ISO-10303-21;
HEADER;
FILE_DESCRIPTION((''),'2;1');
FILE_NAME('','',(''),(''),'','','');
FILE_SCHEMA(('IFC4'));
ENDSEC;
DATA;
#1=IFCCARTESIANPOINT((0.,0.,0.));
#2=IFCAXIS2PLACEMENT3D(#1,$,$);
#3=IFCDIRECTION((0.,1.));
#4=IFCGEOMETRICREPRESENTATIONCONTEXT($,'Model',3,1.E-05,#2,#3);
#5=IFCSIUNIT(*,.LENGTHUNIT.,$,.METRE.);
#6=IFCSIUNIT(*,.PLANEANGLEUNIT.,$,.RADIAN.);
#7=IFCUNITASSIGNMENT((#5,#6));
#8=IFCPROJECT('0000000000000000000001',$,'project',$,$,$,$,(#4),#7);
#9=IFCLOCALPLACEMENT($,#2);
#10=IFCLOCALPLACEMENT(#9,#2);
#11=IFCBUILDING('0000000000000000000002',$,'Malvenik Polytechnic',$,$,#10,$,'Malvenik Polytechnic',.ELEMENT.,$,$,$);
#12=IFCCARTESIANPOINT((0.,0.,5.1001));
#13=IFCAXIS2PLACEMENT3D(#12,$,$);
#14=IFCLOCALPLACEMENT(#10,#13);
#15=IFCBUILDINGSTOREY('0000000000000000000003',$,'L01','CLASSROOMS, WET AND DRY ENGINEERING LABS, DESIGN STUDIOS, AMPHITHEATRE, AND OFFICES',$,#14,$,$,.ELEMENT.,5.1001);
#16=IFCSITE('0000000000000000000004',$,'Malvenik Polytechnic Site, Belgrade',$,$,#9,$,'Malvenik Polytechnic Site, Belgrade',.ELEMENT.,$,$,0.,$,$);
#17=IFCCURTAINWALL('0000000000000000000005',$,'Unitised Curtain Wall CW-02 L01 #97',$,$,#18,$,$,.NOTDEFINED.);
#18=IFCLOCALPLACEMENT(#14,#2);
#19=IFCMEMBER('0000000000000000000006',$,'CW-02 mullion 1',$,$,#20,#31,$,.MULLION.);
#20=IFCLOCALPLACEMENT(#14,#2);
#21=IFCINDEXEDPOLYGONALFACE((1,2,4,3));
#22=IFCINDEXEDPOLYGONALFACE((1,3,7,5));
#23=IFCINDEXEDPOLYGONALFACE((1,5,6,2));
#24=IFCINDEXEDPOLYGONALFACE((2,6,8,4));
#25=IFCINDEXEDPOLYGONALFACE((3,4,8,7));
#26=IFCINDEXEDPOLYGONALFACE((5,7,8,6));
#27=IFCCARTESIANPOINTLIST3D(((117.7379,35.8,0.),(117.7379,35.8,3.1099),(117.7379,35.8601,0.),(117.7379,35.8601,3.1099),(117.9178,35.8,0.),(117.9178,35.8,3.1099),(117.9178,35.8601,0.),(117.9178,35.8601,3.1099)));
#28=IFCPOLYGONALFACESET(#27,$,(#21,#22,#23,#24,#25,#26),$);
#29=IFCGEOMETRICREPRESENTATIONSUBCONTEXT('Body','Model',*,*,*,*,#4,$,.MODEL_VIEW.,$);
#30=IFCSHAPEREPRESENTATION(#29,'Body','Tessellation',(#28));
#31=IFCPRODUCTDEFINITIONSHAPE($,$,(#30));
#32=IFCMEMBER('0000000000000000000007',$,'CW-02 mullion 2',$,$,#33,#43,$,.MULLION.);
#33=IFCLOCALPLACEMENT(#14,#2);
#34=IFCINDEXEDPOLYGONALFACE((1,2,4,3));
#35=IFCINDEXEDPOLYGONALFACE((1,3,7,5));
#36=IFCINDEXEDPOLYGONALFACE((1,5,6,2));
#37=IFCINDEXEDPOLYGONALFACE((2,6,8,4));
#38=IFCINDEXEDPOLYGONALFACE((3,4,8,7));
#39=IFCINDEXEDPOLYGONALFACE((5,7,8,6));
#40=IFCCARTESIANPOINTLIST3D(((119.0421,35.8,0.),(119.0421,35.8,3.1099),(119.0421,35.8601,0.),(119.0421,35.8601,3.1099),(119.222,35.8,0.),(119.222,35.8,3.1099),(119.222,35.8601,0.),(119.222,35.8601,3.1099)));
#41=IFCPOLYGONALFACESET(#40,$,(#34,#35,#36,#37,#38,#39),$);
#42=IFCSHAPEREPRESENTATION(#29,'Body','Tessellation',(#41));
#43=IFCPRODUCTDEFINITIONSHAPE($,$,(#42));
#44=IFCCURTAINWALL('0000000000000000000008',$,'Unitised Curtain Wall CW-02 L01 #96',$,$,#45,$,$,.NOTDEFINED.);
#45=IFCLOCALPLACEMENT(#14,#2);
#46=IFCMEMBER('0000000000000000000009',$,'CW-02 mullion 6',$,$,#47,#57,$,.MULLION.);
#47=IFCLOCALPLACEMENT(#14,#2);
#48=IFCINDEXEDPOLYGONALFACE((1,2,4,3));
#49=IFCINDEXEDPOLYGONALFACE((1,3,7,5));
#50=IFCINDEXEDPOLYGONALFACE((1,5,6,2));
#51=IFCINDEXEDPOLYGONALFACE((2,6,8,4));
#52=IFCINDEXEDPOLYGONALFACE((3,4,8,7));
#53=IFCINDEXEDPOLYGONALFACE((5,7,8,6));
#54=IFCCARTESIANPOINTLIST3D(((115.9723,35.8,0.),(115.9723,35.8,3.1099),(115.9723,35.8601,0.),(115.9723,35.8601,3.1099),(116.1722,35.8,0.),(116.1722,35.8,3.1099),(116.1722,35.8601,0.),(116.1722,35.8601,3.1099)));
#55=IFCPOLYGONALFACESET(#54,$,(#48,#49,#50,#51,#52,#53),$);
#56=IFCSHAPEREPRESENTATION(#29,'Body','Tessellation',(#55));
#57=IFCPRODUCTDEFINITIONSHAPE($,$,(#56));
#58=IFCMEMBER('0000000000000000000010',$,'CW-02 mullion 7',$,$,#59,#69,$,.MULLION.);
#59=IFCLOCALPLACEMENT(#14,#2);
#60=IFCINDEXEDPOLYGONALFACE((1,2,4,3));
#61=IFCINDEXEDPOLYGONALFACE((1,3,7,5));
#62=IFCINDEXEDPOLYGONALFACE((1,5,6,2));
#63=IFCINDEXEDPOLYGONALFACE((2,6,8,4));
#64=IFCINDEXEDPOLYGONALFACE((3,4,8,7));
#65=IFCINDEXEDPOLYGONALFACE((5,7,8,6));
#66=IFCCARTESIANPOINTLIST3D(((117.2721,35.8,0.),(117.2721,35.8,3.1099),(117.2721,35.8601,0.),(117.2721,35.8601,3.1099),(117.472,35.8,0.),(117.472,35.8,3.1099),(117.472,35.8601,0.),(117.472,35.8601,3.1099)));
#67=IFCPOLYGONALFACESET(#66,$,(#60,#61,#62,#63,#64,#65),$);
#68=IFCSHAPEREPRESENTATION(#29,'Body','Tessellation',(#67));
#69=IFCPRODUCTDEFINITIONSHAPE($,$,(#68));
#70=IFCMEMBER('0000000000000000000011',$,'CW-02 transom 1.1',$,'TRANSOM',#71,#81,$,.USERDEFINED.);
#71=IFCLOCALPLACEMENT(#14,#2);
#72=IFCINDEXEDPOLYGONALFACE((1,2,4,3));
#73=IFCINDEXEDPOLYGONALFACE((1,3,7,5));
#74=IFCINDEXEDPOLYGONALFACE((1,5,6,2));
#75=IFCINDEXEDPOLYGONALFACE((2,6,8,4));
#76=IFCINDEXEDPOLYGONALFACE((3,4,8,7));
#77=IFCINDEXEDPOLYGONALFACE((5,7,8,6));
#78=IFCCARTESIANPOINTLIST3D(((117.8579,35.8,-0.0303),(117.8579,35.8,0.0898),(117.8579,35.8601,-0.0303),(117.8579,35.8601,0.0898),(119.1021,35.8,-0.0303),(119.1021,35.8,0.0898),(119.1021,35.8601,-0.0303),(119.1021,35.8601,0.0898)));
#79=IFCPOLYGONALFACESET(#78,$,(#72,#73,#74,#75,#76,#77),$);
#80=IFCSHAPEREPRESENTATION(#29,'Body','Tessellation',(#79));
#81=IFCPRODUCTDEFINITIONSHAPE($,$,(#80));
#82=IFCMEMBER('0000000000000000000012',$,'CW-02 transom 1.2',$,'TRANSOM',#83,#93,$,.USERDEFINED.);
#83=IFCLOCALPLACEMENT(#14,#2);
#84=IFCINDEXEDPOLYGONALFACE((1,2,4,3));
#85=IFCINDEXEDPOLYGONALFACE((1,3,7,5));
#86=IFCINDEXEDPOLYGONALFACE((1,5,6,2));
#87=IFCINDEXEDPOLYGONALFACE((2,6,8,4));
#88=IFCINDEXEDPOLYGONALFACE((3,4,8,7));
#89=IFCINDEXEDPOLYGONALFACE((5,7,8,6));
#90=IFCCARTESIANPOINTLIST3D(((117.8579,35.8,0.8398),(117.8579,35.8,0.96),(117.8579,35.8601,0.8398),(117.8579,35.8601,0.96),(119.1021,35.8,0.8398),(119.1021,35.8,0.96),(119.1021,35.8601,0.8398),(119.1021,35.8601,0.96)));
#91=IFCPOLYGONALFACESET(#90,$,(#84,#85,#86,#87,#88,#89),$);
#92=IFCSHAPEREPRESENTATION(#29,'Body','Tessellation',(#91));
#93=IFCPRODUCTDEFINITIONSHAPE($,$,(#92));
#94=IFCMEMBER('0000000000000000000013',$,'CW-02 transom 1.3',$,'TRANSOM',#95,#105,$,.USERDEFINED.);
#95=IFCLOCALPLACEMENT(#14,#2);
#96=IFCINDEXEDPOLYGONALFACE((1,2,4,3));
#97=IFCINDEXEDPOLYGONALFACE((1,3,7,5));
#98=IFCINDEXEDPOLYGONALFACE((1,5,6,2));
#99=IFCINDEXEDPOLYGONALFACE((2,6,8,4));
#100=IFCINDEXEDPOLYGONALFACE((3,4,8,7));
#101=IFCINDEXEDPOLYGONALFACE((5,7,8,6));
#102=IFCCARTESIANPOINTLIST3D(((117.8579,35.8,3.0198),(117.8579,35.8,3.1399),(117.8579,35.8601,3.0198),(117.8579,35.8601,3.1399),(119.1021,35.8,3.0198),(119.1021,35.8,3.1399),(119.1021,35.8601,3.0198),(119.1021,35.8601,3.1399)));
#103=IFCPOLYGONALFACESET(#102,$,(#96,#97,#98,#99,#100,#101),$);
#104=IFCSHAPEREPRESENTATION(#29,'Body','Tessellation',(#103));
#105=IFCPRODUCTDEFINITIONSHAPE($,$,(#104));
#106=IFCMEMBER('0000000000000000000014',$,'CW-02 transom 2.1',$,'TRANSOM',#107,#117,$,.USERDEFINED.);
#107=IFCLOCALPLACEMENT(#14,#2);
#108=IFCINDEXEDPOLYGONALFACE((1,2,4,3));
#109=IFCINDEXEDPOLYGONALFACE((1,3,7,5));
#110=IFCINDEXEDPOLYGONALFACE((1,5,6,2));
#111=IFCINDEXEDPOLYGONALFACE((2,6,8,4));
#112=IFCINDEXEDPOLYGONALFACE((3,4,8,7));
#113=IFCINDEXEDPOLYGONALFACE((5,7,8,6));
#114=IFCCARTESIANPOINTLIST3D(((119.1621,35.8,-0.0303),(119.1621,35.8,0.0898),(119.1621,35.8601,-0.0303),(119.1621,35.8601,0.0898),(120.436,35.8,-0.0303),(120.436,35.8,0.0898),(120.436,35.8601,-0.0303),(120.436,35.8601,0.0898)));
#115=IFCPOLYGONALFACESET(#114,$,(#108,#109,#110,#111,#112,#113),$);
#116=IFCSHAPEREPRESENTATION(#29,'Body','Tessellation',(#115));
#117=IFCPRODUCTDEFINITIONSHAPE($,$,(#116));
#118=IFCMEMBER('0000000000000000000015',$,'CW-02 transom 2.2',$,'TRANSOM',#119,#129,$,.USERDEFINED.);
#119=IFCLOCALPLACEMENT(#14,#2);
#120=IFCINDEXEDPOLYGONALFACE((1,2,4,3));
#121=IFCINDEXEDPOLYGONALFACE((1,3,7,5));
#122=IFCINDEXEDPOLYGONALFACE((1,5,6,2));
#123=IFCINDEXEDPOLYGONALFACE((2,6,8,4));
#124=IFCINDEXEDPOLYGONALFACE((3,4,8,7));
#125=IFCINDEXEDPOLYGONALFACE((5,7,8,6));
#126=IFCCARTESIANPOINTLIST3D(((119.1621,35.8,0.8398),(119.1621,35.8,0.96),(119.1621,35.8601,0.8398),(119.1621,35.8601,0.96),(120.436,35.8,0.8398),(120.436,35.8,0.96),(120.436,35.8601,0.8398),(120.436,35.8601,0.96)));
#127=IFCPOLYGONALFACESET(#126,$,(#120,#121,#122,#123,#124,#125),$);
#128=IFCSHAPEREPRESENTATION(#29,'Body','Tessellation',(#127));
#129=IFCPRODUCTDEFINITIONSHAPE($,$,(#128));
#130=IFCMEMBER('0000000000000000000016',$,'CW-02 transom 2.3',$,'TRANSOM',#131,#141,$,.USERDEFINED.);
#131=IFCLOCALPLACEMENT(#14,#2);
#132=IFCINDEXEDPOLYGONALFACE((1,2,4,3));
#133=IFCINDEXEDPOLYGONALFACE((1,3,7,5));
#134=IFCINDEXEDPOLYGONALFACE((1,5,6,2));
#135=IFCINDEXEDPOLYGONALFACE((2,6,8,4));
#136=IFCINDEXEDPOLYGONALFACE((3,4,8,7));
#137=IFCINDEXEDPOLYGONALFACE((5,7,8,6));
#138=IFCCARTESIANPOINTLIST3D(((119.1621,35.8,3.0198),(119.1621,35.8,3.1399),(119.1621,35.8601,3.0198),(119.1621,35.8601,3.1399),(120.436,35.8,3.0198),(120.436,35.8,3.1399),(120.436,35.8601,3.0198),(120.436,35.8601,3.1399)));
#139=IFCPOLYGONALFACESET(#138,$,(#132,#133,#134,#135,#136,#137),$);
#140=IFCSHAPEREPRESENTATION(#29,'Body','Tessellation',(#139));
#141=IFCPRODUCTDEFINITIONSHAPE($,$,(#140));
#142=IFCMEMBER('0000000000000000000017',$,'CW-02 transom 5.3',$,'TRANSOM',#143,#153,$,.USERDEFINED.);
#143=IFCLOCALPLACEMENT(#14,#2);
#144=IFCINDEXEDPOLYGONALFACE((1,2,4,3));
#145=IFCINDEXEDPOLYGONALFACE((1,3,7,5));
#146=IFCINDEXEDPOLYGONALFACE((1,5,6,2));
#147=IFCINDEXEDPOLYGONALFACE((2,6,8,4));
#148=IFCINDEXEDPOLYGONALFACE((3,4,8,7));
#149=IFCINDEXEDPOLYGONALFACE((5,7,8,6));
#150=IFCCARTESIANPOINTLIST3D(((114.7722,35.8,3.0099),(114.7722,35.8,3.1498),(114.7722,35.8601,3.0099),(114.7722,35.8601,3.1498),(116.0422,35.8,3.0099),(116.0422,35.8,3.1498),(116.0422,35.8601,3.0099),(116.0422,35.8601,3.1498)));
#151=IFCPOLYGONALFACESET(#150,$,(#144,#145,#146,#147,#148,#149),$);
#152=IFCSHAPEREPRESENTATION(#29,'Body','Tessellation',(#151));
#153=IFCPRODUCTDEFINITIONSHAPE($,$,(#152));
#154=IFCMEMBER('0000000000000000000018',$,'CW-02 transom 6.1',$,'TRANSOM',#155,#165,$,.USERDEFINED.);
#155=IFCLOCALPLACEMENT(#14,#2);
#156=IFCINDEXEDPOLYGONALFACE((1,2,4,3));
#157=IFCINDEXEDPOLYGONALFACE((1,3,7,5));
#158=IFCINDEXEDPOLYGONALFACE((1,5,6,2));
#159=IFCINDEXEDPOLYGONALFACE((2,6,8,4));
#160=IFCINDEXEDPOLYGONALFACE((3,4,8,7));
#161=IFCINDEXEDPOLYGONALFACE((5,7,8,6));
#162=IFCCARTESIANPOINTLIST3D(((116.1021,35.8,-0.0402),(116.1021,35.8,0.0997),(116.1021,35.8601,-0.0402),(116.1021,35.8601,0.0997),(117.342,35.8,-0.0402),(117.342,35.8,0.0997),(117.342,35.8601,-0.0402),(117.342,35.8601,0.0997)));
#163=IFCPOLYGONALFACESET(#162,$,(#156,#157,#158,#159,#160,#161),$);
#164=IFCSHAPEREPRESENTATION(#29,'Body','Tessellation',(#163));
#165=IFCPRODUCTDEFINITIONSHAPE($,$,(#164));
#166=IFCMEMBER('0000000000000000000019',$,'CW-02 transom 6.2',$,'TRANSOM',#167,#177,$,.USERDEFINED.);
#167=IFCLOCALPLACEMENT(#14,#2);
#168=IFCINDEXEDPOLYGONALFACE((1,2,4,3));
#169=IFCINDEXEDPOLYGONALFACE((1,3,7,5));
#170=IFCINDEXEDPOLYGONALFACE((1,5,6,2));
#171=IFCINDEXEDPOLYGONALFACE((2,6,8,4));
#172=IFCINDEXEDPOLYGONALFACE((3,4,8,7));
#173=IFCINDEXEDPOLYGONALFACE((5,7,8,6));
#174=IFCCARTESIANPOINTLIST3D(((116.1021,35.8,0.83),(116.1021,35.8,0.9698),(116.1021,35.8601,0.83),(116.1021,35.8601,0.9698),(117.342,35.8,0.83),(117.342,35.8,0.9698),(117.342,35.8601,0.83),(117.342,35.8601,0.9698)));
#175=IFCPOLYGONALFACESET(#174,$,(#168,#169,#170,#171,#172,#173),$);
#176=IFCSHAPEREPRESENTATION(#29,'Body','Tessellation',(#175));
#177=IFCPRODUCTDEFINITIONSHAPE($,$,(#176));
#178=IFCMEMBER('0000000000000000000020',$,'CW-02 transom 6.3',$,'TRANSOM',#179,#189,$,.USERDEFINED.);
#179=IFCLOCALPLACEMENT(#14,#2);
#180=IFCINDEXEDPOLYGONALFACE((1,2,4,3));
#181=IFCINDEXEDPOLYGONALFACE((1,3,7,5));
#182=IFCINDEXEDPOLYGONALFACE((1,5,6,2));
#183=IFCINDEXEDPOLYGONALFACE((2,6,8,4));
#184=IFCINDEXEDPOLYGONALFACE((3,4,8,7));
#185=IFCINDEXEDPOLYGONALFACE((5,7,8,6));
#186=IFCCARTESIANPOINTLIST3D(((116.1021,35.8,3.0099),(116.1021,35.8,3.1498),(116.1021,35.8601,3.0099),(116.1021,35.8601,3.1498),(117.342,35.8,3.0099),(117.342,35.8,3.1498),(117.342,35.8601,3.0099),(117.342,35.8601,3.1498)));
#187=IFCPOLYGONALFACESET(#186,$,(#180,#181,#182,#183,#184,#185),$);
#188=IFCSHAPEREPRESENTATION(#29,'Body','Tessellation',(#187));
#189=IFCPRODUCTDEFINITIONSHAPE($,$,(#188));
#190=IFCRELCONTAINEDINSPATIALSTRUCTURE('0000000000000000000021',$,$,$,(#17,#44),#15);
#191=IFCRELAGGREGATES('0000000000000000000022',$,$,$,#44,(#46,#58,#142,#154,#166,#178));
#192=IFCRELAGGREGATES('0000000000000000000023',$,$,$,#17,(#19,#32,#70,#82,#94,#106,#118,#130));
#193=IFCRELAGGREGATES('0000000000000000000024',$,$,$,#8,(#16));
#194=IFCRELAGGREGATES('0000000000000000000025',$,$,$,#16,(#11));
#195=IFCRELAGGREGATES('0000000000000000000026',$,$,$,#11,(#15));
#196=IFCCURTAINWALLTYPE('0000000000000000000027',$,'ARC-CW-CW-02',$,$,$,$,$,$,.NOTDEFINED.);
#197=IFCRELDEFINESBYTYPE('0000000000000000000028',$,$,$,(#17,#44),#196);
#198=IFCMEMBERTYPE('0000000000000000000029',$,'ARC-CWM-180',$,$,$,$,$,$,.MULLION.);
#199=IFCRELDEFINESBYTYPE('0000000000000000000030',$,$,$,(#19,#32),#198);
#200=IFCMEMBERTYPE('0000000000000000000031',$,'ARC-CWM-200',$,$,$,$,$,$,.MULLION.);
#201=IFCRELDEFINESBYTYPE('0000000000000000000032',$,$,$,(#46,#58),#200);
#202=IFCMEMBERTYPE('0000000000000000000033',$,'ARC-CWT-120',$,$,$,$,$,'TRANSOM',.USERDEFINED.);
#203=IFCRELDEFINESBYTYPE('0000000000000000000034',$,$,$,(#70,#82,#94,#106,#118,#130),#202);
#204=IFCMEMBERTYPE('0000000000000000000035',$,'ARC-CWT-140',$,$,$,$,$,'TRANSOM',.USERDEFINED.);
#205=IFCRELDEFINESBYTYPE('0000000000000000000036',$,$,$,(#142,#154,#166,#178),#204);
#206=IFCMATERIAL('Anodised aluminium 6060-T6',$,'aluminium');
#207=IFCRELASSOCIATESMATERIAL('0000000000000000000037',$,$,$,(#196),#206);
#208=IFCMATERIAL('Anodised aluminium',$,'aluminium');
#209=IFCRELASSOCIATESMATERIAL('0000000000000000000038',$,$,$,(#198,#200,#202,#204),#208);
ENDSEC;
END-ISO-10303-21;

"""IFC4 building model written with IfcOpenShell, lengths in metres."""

from ifc_helpers import new_model, si_unit, direction, frame, origin, origin_2d, place, context, subcontext, project, spatial, rectangle, extrude, material, material_profile, profile_set, type_object, element, aggregate, save


model = new_model("IFC4")

# Units and contexts
model_context = context("Model", 3, precision=1e-05, world=origin(), true_north=direction((0.0, 1.0)))
body_context = subcontext(model_context, "Body", "Model", "MODEL_VIEW")
ifc_project = project(units=[si_unit("LENGTHUNIT", "METRE"), si_unit("PLANEANGLEUNIT", "RADIAN")], contexts=[model_context])

# Site, building, storey
site_placement = place(None, origin())
site = spatial("IfcSite", under=ifc_project, at=site_placement, Name="Malvenik Polytechnic Site, Belgrade", LongName="Malvenik Polytechnic Site, Belgrade", CompositionType="ELEMENT", RefElevation=0.0)
building_placement = place(site_placement, origin())
building = spatial("IfcBuilding", under=site, at=building_placement, Name="Malvenik Polytechnic", LongName="Malvenik Polytechnic", CompositionType="ELEMENT")
storey_placement = place(building_placement, frame((0.0, 0.0, 5.1001)))
storey = spatial("IfcBuildingStorey", under=building, at=storey_placement, Name="L01", Description="CLASSROOMS, WET AND DRY ENGINEERING LABS, DESIGN STUDIOS, AMPHITHEATRE, AND OFFICES", CompositionType="ELEMENT", Elevation=5.1001)

# Curtain walls, members
ifc_material_1 = material(Name="Anodised aluminium 6060-T6", Category="aluminium")
curtain_wall_type = type_object("IfcCurtainWallType", Name="ARC-CW-CW-02", PredefinedType="NOTDEFINED", material=ifc_material_1)
curtain_wall_1_placement = place(storey_placement, origin())
curtain_wall_1 = element("IfcCurtainWall", 1, at=curtain_wall_1_placement, inside=storey, type_object=curtain_wall_type, Name="Unitised Curtain Wall CW-02 L01 #97", PredefinedType="NOTDEFINED")
ifc_material_2 = material(Name="Anodised aluminium", Category="aluminium")
ifc_material_profile_1 = material_profile(ifc_material_2, rectangle(XDim=0.0601, YDim=0.1799, at=origin_2d()), Name="ALU MULLION 60x180")
ifc_profile_set_1 = profile_set([ifc_material_profile_1], Name="Anodised aluminium")
member_type_1 = type_object("IfcMemberType", Name="ARC-CWM-180", PredefinedType="MULLION", material=ifc_profile_set_1)
member_1_placement = place(storey_placement, frame((117.8279, 35.8301, 0.0), z_axis=(0.0, 0.0, 1.0), x_axis=(0.0, 1.0, 0.0)))
member_1 = element("IfcMember", 2, at=member_1_placement, type_object=member_type_1, Name="CW-02 mullion 1", PredefinedType="MULLION", context=body_context, shape_type="SweptSolid", body=[
    extrude(rectangle(XDim=0.0601, YDim=0.1799, at=origin_2d()), origin(), (0.0, 0.0, 1.0), 3.1099),
])
member_2_placement = place(storey_placement, frame((119.1321, 35.8301, 0.0), z_axis=(0.0, 0.0, 1.0), x_axis=(0.0, 1.0, 0.0)))
member_2 = element("IfcMember", 3, at=member_2_placement, type_object=member_type_1, Name="CW-02 mullion 2", PredefinedType="MULLION", context=body_context, shape_type="SweptSolid", body=[
    extrude(rectangle(XDim=0.0601, YDim=0.1799, at=origin_2d()), origin(), (0.0, 0.0, 1.0), 3.1099),
])
curtain_wall_2_placement = place(storey_placement, origin())
curtain_wall_2 = element("IfcCurtainWall", 4, at=curtain_wall_2_placement, inside=storey, type_object=curtain_wall_type, Name="Unitised Curtain Wall CW-02 L01 #96", PredefinedType="NOTDEFINED")
ifc_material_profile_2 = material_profile(ifc_material_2, rectangle(XDim=0.0601, YDim=0.2, at=origin_2d()), Name="ALU MULLION 60x200")
ifc_profile_set_2 = profile_set([ifc_material_profile_2], Name="Anodised aluminium")
member_type_2 = type_object("IfcMemberType", Name="ARC-CWM-200", PredefinedType="MULLION", material=ifc_profile_set_2)
member_3_placement = place(storey_placement, frame((116.0723, 35.8301, 0.0), z_axis=(0.0, 0.0, 1.0), x_axis=(0.0, 1.0, 0.0)))
member_3 = element("IfcMember", 5, at=member_3_placement, type_object=member_type_2, Name="CW-02 mullion 6", PredefinedType="MULLION", context=body_context, shape_type="SweptSolid", body=[
    extrude(rectangle(XDim=0.0601, YDim=0.2, at=origin_2d()), origin(), (0.0, 0.0, 1.0), 3.1099),
])
member_4_placement = place(storey_placement, frame((117.3721, 35.8301, 0.0), z_axis=(0.0, 0.0, 1.0), x_axis=(0.0, 1.0, 0.0)))
member_4 = element("IfcMember", 6, at=member_4_placement, type_object=member_type_2, Name="CW-02 mullion 7", PredefinedType="MULLION", context=body_context, shape_type="SweptSolid", body=[
    extrude(rectangle(XDim=0.0601, YDim=0.2, at=origin_2d()), origin(), (0.0, 0.0, 1.0), 3.1099),
])

# Members
ifc_material_profile_3 = material_profile(ifc_material_2, rectangle(XDim=0.0601, YDim=0.1201, at=origin_2d()), Name="ALU TRANSOM 60x120")
ifc_profile_set_3 = profile_set([ifc_material_profile_3], Name="Anodised aluminium")
member_type_3 = type_object("IfcMemberType", Name="ARC-CWT-120", ElementType="TRANSOM", PredefinedType="USERDEFINED", material=ifc_profile_set_3)
member_5_placement = place(storey_placement, frame((117.8579, 35.8301, 0.0298), z_axis=(1.0, 0.0, 0.0), x_axis=(0.0, 1.0, 0.0)))
member_5 = element("IfcMember", 7, at=member_5_placement, type_object=member_type_3, Name="CW-02 transom 1.1", ObjectType="TRANSOM", PredefinedType="USERDEFINED", context=body_context, shape_type="SweptSolid", body=[
    extrude(rectangle(XDim=0.0601, YDim=0.1201, at=origin_2d()), origin(), (0.0, 0.0, 1.0), 1.2441),
])
member_6_placement = place(storey_placement, frame((117.8579, 35.8301, 0.8999), z_axis=(1.0, 0.0, 0.0), x_axis=(0.0, 1.0, 0.0)))
member_6 = element("IfcMember", 8, at=member_6_placement, type_object=member_type_3, Name="CW-02 transom 1.2", ObjectType="TRANSOM", PredefinedType="USERDEFINED", context=body_context, shape_type="SweptSolid", body=[
    extrude(rectangle(XDim=0.0601, YDim=0.1201, at=origin_2d()), origin(), (0.0, 0.0, 1.0), 1.2441),
])
member_7_placement = place(storey_placement, frame((117.8579, 35.8301, 3.0798), z_axis=(1.0, 0.0, 0.0), x_axis=(0.0, 1.0, 0.0)))
member_7 = element("IfcMember", 9, at=member_7_placement, type_object=member_type_3, Name="CW-02 transom 1.3", ObjectType="TRANSOM", PredefinedType="USERDEFINED", context=body_context, shape_type="SweptSolid", body=[
    extrude(rectangle(XDim=0.0601, YDim=0.1201, at=origin_2d()), origin(), (0.0, 0.0, 1.0), 1.2441),
])
member_8_placement = place(storey_placement, frame((119.1621, 35.8301, 0.0298), z_axis=(1.0, 0.0, 0.0), x_axis=(0.0, 1.0, 0.0)))
member_8 = element("IfcMember", 10, at=member_8_placement, type_object=member_type_3, Name="CW-02 transom 2.1", ObjectType="TRANSOM", PredefinedType="USERDEFINED", context=body_context, shape_type="SweptSolid", body=[
    extrude(rectangle(XDim=0.0601, YDim=0.1201, at=origin_2d()), origin(), (0.0, 0.0, 1.0), 1.2739),
])
member_9_placement = place(storey_placement, frame((119.1621, 35.8301, 0.8999), z_axis=(1.0, 0.0, 0.0), x_axis=(0.0, 1.0, 0.0)))
member_9 = element("IfcMember", 11, at=member_9_placement, type_object=member_type_3, Name="CW-02 transom 2.2", ObjectType="TRANSOM", PredefinedType="USERDEFINED", context=body_context, shape_type="SweptSolid", body=[
    extrude(rectangle(XDim=0.0601, YDim=0.1201, at=origin_2d()), origin(), (0.0, 0.0, 1.0), 1.2739),
])
member_10_placement = place(storey_placement, frame((119.1621, 35.8301, 3.0798), z_axis=(1.0, 0.0, 0.0), x_axis=(0.0, 1.0, 0.0)))
member_10 = element("IfcMember", 12, at=member_10_placement, type_object=member_type_3, Name="CW-02 transom 2.3", ObjectType="TRANSOM", PredefinedType="USERDEFINED", context=body_context, shape_type="SweptSolid", body=[
    extrude(rectangle(XDim=0.0601, YDim=0.1201, at=origin_2d()), origin(), (0.0, 0.0, 1.0), 1.2739),
])
ifc_material_profile_4 = material_profile(ifc_material_2, rectangle(XDim=0.0601, YDim=0.1399, at=origin_2d()), Name="ALU TRANSOM 60x140")
ifc_profile_set_4 = profile_set([ifc_material_profile_4], Name="Anodised aluminium")
member_type_4 = type_object("IfcMemberType", Name="ARC-CWT-140", ElementType="TRANSOM", PredefinedType="USERDEFINED", material=ifc_profile_set_4)
member_11_placement = place(storey_placement, frame((114.7722, 35.8301, 3.0798), z_axis=(1.0, 0.0, 0.0), x_axis=(0.0, 1.0, 0.0)))
member_11 = element("IfcMember", 13, at=member_11_placement, type_object=member_type_4, Name="CW-02 transom 5.3", ObjectType="TRANSOM", PredefinedType="USERDEFINED", context=body_context, shape_type="SweptSolid", body=[
    extrude(rectangle(XDim=0.0601, YDim=0.1399, at=origin_2d()), origin(), (0.0, 0.0, 1.0), 1.27),
])
member_12_placement = place(storey_placement, frame((116.1021, 35.8301, 0.0298), z_axis=(1.0, 0.0, 0.0), x_axis=(0.0, 1.0, 0.0)))
member_12 = element("IfcMember", 14, at=member_12_placement, type_object=member_type_4, Name="CW-02 transom 6.1", ObjectType="TRANSOM", PredefinedType="USERDEFINED", context=body_context, shape_type="SweptSolid", body=[
    extrude(rectangle(XDim=0.0601, YDim=0.1399, at=origin_2d()), origin(), (0.0, 0.0, 1.0), 1.24),
])
member_13_placement = place(storey_placement, frame((116.1021, 35.8301, 0.8999), z_axis=(1.0, 0.0, 0.0), x_axis=(0.0, 1.0, 0.0)))
member_13 = element("IfcMember", 15, at=member_13_placement, type_object=member_type_4, Name="CW-02 transom 6.2", ObjectType="TRANSOM", PredefinedType="USERDEFINED", context=body_context, shape_type="SweptSolid", body=[
    extrude(rectangle(XDim=0.0601, YDim=0.1399, at=origin_2d()), origin(), (0.0, 0.0, 1.0), 1.24),
])
member_14_placement = place(storey_placement, frame((116.1021, 35.8301, 3.0798), z_axis=(1.0, 0.0, 0.0), x_axis=(0.0, 1.0, 0.0)))
member_14 = element("IfcMember", 16, at=member_14_placement, type_object=member_type_4, Name="CW-02 transom 6.3", ObjectType="TRANSOM", PredefinedType="USERDEFINED", context=body_context, shape_type="SweptSolid", body=[
    extrude(rectangle(XDim=0.0601, YDim=0.1399, at=origin_2d()), origin(), (0.0, 0.0, 1.0), 1.24),
])

aggregate(curtain_wall_2, [member_3, member_4, member_11, member_12, member_13, member_14])
aggregate(curtain_wall_1, [member_1, member_2, member_5, member_6, member_7, member_8, member_9, member_10])

save(model, "model.ifc")
